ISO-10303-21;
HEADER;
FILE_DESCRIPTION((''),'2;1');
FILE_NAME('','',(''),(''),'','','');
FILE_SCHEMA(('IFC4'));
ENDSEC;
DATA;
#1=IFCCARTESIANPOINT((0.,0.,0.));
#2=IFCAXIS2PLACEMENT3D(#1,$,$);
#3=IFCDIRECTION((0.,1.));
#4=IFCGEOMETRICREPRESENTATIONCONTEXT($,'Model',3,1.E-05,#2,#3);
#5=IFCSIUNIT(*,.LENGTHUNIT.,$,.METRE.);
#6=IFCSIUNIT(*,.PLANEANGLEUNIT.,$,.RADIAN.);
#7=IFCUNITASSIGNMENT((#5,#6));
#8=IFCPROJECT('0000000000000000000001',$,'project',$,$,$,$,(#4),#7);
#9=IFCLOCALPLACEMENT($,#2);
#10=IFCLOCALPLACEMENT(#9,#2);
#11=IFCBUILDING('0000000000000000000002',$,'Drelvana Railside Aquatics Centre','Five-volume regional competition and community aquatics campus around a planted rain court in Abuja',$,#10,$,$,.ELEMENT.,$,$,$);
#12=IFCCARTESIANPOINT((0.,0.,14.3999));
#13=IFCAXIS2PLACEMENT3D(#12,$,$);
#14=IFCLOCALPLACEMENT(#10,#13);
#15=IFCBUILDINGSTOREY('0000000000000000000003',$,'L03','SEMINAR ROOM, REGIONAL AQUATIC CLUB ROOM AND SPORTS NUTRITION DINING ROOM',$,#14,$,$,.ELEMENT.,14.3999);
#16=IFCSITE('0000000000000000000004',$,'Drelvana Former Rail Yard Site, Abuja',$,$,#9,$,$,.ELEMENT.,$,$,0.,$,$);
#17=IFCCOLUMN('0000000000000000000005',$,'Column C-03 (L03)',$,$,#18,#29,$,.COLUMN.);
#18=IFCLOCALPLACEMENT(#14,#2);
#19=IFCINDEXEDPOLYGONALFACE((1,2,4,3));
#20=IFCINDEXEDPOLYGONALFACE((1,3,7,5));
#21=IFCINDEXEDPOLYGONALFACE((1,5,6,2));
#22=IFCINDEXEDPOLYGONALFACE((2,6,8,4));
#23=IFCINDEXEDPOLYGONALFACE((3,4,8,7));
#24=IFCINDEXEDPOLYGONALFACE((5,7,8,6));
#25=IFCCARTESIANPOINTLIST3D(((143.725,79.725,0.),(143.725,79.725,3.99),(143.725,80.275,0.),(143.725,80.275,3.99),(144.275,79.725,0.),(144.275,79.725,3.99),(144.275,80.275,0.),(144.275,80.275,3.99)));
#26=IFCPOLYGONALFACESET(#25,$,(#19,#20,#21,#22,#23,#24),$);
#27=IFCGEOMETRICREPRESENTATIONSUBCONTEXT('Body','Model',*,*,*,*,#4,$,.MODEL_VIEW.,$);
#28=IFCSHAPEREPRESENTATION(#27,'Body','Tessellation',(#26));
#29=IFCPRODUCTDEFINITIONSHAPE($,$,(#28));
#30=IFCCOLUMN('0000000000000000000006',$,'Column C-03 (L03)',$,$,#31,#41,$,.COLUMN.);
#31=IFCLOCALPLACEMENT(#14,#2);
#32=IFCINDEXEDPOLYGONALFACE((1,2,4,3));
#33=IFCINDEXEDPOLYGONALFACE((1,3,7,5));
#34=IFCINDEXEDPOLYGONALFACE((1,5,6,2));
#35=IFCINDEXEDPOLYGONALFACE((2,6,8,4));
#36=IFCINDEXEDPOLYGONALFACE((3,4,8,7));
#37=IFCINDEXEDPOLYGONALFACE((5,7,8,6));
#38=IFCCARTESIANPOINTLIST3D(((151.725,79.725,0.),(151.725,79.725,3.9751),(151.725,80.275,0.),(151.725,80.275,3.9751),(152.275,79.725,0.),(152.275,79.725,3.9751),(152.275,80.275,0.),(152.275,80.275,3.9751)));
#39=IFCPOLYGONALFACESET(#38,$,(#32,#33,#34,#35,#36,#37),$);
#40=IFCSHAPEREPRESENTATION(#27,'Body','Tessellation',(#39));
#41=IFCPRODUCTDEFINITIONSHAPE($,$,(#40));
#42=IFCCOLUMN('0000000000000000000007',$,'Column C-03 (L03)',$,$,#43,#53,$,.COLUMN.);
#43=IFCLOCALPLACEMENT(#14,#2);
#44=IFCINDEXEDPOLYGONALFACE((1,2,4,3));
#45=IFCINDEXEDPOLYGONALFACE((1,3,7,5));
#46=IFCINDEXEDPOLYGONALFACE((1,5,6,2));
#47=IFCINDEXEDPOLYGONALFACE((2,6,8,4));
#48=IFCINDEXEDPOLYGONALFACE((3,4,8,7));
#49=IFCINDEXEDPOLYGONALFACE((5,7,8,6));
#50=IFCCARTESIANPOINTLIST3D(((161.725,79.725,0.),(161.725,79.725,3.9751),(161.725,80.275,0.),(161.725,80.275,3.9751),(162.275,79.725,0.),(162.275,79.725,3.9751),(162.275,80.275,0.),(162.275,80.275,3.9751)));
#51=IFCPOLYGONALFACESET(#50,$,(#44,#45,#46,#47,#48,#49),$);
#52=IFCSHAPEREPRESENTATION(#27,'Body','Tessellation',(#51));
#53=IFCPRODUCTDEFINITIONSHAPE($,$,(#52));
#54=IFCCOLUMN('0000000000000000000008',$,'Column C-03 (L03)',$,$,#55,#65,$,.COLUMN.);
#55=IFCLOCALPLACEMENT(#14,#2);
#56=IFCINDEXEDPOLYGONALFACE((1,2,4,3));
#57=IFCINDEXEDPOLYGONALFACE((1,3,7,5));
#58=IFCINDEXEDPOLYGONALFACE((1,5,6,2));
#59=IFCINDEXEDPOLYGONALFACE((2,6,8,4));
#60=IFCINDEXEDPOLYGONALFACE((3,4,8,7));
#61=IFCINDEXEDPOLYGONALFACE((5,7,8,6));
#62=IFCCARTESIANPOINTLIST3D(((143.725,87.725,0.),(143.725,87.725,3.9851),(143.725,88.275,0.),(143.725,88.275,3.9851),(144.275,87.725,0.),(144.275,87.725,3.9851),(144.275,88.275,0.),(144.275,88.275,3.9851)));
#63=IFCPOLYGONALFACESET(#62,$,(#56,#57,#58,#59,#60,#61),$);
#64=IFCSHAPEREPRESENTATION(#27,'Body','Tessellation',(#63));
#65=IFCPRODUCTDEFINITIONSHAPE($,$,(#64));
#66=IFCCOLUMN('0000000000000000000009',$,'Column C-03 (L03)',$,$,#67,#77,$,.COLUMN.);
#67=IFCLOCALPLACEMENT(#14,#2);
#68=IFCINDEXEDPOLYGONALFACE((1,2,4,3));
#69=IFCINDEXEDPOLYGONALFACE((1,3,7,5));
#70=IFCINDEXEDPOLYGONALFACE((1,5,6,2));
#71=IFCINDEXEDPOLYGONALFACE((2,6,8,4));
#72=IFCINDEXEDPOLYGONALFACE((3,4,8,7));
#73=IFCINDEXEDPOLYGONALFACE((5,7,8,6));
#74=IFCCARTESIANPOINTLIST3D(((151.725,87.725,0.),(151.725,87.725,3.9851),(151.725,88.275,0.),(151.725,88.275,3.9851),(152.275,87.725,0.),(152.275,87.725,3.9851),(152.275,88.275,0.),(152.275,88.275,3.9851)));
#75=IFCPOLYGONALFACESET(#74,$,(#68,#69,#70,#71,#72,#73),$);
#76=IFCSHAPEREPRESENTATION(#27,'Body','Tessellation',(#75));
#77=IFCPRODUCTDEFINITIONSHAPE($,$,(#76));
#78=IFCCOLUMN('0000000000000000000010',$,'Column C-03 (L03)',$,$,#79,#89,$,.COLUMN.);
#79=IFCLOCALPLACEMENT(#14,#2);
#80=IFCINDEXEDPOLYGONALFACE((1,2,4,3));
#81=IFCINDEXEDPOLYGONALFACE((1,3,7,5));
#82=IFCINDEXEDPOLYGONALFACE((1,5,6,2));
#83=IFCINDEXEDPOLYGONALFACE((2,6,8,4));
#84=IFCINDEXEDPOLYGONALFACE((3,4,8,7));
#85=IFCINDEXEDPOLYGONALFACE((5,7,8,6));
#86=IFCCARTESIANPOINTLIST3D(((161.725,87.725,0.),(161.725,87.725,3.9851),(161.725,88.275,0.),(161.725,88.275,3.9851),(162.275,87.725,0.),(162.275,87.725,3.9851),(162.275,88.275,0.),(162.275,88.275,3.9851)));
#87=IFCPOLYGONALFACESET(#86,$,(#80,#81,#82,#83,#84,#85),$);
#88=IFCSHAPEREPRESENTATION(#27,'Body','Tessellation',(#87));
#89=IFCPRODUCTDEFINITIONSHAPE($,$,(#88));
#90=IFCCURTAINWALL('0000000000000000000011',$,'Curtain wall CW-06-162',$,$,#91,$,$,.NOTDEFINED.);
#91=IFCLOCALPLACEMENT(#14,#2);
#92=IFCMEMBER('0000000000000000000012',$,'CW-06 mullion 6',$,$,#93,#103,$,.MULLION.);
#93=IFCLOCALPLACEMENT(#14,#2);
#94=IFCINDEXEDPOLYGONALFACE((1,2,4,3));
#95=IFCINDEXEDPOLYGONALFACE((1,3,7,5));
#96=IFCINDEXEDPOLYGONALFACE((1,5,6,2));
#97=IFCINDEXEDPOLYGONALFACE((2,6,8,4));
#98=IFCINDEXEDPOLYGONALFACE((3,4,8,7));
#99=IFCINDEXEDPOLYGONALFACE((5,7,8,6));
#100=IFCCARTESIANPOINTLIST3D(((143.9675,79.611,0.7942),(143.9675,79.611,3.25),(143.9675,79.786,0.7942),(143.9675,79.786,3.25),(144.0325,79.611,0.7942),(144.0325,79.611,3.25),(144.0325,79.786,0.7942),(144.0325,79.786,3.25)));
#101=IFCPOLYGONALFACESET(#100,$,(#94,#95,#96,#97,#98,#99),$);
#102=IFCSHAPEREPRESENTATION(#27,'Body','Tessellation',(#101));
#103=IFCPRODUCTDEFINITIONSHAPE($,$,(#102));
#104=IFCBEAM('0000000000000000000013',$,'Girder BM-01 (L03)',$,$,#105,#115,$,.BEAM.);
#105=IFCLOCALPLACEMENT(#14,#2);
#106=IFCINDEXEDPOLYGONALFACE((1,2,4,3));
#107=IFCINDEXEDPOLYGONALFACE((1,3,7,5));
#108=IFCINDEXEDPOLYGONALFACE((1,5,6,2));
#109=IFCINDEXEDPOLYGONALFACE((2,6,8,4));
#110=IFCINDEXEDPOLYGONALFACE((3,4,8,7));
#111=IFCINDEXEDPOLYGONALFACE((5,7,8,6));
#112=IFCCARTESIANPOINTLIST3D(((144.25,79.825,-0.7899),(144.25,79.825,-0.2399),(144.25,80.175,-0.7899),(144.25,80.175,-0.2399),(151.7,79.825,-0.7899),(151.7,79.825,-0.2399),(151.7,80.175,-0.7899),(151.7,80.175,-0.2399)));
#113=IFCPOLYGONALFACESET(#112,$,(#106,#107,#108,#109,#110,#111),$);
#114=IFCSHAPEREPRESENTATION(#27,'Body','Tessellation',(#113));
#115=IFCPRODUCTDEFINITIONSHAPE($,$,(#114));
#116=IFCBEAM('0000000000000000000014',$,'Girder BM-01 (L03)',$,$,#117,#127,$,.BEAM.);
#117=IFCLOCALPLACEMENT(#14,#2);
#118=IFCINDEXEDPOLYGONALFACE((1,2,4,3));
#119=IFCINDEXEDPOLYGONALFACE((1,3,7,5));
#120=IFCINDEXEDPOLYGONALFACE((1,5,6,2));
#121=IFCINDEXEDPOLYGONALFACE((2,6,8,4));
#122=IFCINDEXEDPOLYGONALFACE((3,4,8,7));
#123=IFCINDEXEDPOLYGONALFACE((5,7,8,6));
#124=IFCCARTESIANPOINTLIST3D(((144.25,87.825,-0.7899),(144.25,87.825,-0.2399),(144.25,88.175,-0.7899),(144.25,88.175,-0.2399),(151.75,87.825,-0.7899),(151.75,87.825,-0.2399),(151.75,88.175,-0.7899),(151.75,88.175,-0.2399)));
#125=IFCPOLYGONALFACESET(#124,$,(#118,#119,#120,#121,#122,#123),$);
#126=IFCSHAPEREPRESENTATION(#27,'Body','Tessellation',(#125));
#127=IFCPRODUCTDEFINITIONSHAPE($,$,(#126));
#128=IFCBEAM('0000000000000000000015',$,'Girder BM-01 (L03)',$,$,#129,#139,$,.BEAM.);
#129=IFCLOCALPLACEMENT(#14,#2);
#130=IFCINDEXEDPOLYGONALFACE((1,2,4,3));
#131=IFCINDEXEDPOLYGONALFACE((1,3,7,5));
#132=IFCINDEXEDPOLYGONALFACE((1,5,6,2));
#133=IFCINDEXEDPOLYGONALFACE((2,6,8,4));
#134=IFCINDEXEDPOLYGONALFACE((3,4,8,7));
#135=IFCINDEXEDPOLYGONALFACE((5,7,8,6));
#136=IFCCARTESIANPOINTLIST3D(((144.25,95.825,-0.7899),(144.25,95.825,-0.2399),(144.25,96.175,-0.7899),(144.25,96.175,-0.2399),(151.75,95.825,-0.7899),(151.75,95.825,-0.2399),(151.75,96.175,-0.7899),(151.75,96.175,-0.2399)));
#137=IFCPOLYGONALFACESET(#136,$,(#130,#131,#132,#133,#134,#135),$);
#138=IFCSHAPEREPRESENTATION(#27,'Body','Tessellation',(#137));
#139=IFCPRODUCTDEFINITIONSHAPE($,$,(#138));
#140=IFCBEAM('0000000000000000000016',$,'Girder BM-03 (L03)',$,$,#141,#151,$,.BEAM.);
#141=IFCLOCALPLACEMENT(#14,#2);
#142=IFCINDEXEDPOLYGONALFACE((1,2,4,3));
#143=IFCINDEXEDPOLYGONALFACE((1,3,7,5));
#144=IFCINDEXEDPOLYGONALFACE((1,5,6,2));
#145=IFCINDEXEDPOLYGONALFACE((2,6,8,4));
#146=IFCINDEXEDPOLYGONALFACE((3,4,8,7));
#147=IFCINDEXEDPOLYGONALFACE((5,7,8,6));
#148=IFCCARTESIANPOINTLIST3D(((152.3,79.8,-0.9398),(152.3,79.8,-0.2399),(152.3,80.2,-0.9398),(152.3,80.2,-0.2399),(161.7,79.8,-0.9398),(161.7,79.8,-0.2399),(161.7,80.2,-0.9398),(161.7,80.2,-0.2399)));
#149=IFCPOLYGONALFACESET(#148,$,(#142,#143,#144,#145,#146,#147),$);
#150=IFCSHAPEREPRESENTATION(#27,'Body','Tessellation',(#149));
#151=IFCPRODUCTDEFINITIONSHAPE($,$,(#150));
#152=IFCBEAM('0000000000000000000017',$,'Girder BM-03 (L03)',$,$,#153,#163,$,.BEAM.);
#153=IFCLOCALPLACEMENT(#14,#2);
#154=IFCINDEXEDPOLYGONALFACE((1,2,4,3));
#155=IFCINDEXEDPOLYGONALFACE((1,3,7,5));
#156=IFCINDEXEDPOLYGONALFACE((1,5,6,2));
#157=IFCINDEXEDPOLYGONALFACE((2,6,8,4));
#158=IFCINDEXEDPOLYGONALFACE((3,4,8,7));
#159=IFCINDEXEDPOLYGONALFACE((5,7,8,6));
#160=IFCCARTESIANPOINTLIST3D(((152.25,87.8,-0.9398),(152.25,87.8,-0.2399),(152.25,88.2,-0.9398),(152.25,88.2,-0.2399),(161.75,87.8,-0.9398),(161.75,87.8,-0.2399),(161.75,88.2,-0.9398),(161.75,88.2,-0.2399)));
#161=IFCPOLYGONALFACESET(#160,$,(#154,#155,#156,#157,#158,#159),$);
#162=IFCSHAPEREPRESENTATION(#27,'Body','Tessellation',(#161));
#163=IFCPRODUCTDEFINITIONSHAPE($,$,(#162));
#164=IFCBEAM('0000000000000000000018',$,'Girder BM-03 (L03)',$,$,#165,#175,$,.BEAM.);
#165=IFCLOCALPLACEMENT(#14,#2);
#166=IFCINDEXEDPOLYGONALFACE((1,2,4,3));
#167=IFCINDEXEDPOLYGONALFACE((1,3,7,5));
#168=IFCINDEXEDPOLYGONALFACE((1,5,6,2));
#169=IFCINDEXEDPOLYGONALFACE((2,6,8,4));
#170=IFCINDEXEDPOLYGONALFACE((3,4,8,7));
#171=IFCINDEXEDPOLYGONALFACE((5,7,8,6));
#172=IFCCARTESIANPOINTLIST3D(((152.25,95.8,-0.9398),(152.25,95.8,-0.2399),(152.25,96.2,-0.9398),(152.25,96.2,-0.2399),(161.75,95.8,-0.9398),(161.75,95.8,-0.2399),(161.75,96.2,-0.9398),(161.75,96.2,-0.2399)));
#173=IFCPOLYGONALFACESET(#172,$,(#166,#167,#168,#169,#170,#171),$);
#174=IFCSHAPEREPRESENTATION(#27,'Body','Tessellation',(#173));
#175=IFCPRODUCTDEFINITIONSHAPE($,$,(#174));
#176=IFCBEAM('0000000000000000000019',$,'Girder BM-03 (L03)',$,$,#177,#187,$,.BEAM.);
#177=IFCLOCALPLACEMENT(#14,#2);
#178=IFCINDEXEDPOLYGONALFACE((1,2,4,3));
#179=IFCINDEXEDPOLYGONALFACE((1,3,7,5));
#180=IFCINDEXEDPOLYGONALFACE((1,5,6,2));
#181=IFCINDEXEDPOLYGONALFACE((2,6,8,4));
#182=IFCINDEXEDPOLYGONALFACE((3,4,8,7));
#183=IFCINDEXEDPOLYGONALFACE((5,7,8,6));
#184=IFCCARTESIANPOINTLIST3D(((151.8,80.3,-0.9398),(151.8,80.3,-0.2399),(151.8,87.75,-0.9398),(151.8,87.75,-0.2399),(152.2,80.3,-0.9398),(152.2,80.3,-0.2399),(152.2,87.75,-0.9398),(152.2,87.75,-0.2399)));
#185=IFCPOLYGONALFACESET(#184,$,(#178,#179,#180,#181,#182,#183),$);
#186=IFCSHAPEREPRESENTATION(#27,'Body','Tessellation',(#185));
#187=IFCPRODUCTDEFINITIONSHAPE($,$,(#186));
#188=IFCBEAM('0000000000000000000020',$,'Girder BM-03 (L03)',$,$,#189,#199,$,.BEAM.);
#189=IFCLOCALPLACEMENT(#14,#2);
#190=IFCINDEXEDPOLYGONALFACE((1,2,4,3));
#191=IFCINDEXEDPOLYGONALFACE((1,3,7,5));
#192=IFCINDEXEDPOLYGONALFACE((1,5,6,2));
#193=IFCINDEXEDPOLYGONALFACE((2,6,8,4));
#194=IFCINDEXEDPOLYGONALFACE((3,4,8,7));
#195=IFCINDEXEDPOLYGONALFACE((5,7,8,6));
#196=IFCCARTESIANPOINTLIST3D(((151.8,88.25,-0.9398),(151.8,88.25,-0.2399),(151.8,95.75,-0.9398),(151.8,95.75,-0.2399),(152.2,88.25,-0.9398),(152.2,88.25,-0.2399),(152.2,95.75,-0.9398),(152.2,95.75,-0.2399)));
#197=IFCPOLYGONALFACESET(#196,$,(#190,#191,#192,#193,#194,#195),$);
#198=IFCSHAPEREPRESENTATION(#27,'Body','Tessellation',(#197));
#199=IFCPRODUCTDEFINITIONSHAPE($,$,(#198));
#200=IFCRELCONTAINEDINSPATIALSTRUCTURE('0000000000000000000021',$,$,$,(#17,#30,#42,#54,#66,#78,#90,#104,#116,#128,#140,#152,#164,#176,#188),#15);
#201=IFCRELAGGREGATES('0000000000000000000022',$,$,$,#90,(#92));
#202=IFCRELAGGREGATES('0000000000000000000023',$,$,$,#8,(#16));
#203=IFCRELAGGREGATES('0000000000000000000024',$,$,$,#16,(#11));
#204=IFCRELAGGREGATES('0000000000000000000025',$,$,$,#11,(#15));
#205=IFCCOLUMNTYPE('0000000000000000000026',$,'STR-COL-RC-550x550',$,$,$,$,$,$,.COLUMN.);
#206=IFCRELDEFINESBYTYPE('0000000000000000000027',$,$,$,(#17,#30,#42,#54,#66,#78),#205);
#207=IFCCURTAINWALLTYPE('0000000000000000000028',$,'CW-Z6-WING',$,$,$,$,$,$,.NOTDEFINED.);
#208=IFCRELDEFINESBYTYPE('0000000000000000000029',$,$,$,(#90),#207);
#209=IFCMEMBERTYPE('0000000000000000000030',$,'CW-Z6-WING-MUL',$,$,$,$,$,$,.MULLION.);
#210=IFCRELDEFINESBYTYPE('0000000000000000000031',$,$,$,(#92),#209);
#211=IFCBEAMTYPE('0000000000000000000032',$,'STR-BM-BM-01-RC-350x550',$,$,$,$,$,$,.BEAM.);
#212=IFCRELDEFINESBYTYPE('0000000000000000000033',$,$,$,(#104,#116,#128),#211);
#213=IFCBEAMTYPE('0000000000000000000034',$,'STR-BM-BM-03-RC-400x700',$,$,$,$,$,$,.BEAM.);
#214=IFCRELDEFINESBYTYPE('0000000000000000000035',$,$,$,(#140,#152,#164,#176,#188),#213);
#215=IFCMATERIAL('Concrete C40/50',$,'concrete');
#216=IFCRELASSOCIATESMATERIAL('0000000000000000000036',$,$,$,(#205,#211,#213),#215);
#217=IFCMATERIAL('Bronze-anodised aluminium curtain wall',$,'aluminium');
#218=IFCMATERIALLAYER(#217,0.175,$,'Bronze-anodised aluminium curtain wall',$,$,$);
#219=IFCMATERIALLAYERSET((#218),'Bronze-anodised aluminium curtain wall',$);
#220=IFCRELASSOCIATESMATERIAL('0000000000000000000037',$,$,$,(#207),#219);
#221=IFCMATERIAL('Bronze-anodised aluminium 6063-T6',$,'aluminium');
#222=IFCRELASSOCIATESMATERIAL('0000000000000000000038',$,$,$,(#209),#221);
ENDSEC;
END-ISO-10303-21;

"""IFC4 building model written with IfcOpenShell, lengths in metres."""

from ifc_helpers import new_model, si_unit, direction, frame, origin, origin_2d, place, context, subcontext, project, spatial, rectangle, extrude, material, layer, layer_set, material_profile, profile_set, type_object, element, aggregate, save


model = new_model("IFC4")

# Units and contexts
model_context = context("Model", 3, precision=1e-05, world=origin(), true_north=direction((0.0, 1.0)))
body_context = subcontext(model_context, "Body", "Model", "MODEL_VIEW")
ifc_project = project(units=[si_unit("LENGTHUNIT", "METRE"), si_unit("PLANEANGLEUNIT", "RADIAN")], contexts=[model_context])

# Site, building, storey
site_placement = place(None, origin())
site = spatial("IfcSite", under=ifc_project, at=site_placement, Name="Drelvana Former Rail Yard Site, Abuja", CompositionType="ELEMENT", RefElevation=0.0)
building_placement = place(site_placement, origin())
building = spatial("IfcBuilding", under=site, at=building_placement, Name="Drelvana Railside Aquatics Centre", Description="Five-volume regional competition and community aquatics campus around a planted rain court in Abuja", CompositionType="ELEMENT")
storey_placement = place(building_placement, frame((0.0, 0.0, 14.3999)))
storey = spatial("IfcBuildingStorey", under=building, at=storey_placement, Name="L03", Description="SEMINAR ROOM, REGIONAL AQUATIC CLUB ROOM AND SPORTS NUTRITION DINING ROOM", CompositionType="ELEMENT", Elevation=14.3999)

# Columns
ifc_material_1 = material(Name="Concrete C40/50", Category="concrete")
ifc_material_profile_1 = material_profile(ifc_material_1, rectangle(XDim=0.55, YDim=0.55, at=origin_2d()), Name="RC 550x550")
ifc_profile_set_1 = profile_set([ifc_material_profile_1], Name="Concrete C40/50")
column_type = type_object("IfcColumnType", Name="STR-COL-RC-550x550", PredefinedType="COLUMN", material=ifc_profile_set_1)
column_placement = place(storey_placement, frame((144.0, 80.0, 0.0), z_axis=(0.0, 0.0, 1.0), x_axis=(1.0, 0.0, 0.0)))
element("IfcColumn", 1, at=column_placement, inside=storey, type_object=column_type, Name="Column C-03 (L03)", PredefinedType="COLUMN", context=body_context, shape_type="SweptSolid", body=[
    extrude(rectangle(XDim=0.55, YDim=0.55, at=origin_2d()), origin(), (0.0, 0.0, 1.0), 3.99),
])
for number, where, z_axis, x_axis, name in (
    (2, (152.0, 80.0, 0.0), (0.0, 0.0, 1.0), (1.0, 0.0, 0.0), "Column C-03 (L03)"),
    (3, (162.0, 80.0, 0.0), (0.0, 0.0, 1.0), (1.0, 0.0, 0.0), "Column C-03 (L03)"),
):
    element("IfcColumn", number, at=place(storey_placement, frame(where, z_axis=z_axis, x_axis=x_axis)), inside=storey, type_object=column_type, Name=name, PredefinedType="COLUMN", context=body_context, shape_type="SweptSolid", body=[
        extrude(rectangle(XDim=0.55, YDim=0.55, at=origin_2d()), origin(), (0.0, 0.0, 1.0), 3.9751),
    ])
for number, where, z_axis, x_axis, name in (
    (4, (144.0, 88.0, 0.0), (0.0, 0.0, 1.0), (1.0, 0.0, 0.0), "Column C-03 (L03)"),
    (5, (152.0, 88.0, 0.0), (0.0, 0.0, 1.0), (1.0, 0.0, 0.0), "Column C-03 (L03)"),
    (6, (162.0, 88.0, 0.0), (0.0, 0.0, 1.0), (1.0, 0.0, 0.0), "Column C-03 (L03)"),
):
    element("IfcColumn", number, at=place(storey_placement, frame(where, z_axis=z_axis, x_axis=x_axis)), inside=storey, type_object=column_type, Name=name, PredefinedType="COLUMN", context=body_context, shape_type="SweptSolid", body=[
        extrude(rectangle(XDim=0.55, YDim=0.55, at=origin_2d()), origin(), (0.0, 0.0, 1.0), 3.9851),
    ])

# Curtain wall, member
ifc_material_2 = material(Name="Bronze-anodised aluminium curtain wall", Category="aluminium")
ifc_layer_1 = layer(ifc_material_2, 0.175, Name="Bronze-anodised aluminium curtain wall")
ifc_layer_set_1 = layer_set([ifc_layer_1], Name="Bronze-anodised aluminium curtain wall")
curtain_wall_type = type_object("IfcCurtainWallType", Name="CW-Z6-WING", PredefinedType="NOTDEFINED", material=ifc_layer_set_1)
curtain_wall_placement = place(storey_placement, origin())
curtain_wall = element("IfcCurtainWall", 7, at=curtain_wall_placement, inside=storey, type_object=curtain_wall_type, Name="Curtain wall CW-06-162", PredefinedType="NOTDEFINED")
ifc_material_3 = material(Name="Bronze-anodised aluminium 6063-T6", Category="aluminium")
ifc_material_profile_2 = material_profile(ifc_material_3, rectangle(XDim=0.0649, YDim=0.175, at=origin_2d()), Name="ALU-M 65x175")
ifc_profile_set_2 = profile_set([ifc_material_profile_2], Name="Bronze-anodised aluminium 6063-T6")
member_type = type_object("IfcMemberType", Name="CW-Z6-WING-MUL", PredefinedType="MULLION", material=ifc_profile_set_2)
member_placement = place(storey_placement, frame((144.0, 79.6985, 0.7942), z_axis=(0.0, 0.0, 1.0), x_axis=(-1.0, 0.0, 0.0)))
member = element("IfcMember", 8, at=member_placement, type_object=member_type, Name="CW-06 mullion 6", PredefinedType="MULLION", context=body_context, shape_type="SweptSolid", body=[
    extrude(rectangle(XDim=0.0649, YDim=0.175, at=origin_2d()), origin(), (0.0, 0.0, 1.0), 2.4558),
])
aggregate(curtain_wall, [member])

# Beams
ifc_material_profile_3 = material_profile(ifc_material_1, rectangle(XDim=0.3501, YDim=0.55, at=origin_2d()), Name="RC 350x550")
ifc_profile_set_3 = profile_set([ifc_material_profile_3], Name="Concrete C40/50")
beam_type_1 = type_object("IfcBeamType", Name="STR-BM-BM-01-RC-350x550", PredefinedType="BEAM", material=ifc_profile_set_3)
beam_1_placement = place(storey_placement, frame((144.25, 80.0, -0.5149), z_axis=(1.0, 0.0, 0.0), x_axis=(0.0, 1.0, 0.0)))
element("IfcBeam", 9, at=beam_1_placement, inside=storey, type_object=beam_type_1, Name="Girder BM-01 (L03)", PredefinedType="BEAM", context=body_context, shape_type="SweptSolid", body=[
    extrude(rectangle(XDim=0.3501, YDim=0.55, at=origin_2d()), origin(), (0.0, 0.0, 1.0), 7.45),
])
for number, where, z_axis, x_axis, name in (
    (10, (144.25, 88.0, -0.5149), (1.0, 0.0, 0.0), (0.0, 1.0, 0.0), "Girder BM-01 (L03)"),
    (11, (144.25, 96.0, -0.5149), (1.0, 0.0, 0.0), (0.0, 1.0, 0.0), "Girder BM-01 (L03)"),
):
    element("IfcBeam", number, at=place(storey_placement, frame(where, z_axis=z_axis, x_axis=x_axis)), inside=storey, type_object=beam_type_1, Name=name, PredefinedType="BEAM", context=body_context, shape_type="SweptSolid", body=[
        extrude(rectangle(XDim=0.3501, YDim=0.55, at=origin_2d()), origin(), (0.0, 0.0, 1.0), 7.5),
    ])
ifc_material_profile_4 = material_profile(ifc_material_1, rectangle(XDim=0.3999, YDim=0.7, at=origin_2d()), Name="RC 400x700")
ifc_profile_set_4 = profile_set([ifc_material_profile_4], Name="Concrete C40/50")
beam_type_2 = type_object("IfcBeamType", Name="STR-BM-BM-03-RC-400x700", PredefinedType="BEAM", material=ifc_profile_set_4)
beam_2_placement = place(storey_placement, frame((152.3, 80.0, -0.5898), z_axis=(1.0, 0.0, 0.0), x_axis=(0.0, 1.0, 0.0)))
element("IfcBeam", 12, at=beam_2_placement, inside=storey, type_object=beam_type_2, Name="Girder BM-03 (L03)", PredefinedType="BEAM", context=body_context, shape_type="SweptSolid", body=[
    extrude(rectangle(XDim=0.3999, YDim=0.7, at=origin_2d()), origin(), (0.0, 0.0, 1.0), 9.3999),
])
for number, where, z_axis, x_axis, name in (
    (13, (152.25, 88.0, -0.5898), (1.0, 0.0, 0.0), (0.0, 1.0, 0.0), "Girder BM-03 (L03)"),
    (14, (152.25, 96.0, -0.5898), (1.0, 0.0, 0.0), (0.0, 1.0, 0.0), "Girder BM-03 (L03)"),
):
    element("IfcBeam", number, at=place(storey_placement, frame(where, z_axis=z_axis, x_axis=x_axis)), inside=storey, type_object=beam_type_2, Name=name, PredefinedType="BEAM", context=body_context, shape_type="SweptSolid", body=[
        extrude(rectangle(XDim=0.3999, YDim=0.7, at=origin_2d()), origin(), (0.0, 0.0, 1.0), 9.5),
    ])
beam_3_placement = place(storey_placement, frame((152.0, 80.3, -0.5898), z_axis=(0.0, 1.0, 0.0), x_axis=(-1.0, 0.0, 0.0)))
element("IfcBeam", 15, at=beam_3_placement, inside=storey, type_object=beam_type_2, Name="Girder BM-03 (L03)", PredefinedType="BEAM", context=body_context, shape_type="SweptSolid", body=[
    extrude(rectangle(XDim=0.3999, YDim=0.7, at=origin_2d()), origin(), (0.0, 0.0, 1.0), 7.45),
])
beam_4_placement = place(storey_placement, frame((152.0, 88.25, -0.5898), z_axis=(0.0, 1.0, 0.0), x_axis=(-1.0, 0.0, 0.0)))
element("IfcBeam", 16, at=beam_4_placement, inside=storey, type_object=beam_type_2, Name="Girder BM-03 (L03)", PredefinedType="BEAM", context=body_context, shape_type="SweptSolid", body=[
    extrude(rectangle(XDim=0.3999, YDim=0.7, at=origin_2d()), origin(), (0.0, 0.0, 1.0), 7.5),
])

save(model, "model.ifc")
